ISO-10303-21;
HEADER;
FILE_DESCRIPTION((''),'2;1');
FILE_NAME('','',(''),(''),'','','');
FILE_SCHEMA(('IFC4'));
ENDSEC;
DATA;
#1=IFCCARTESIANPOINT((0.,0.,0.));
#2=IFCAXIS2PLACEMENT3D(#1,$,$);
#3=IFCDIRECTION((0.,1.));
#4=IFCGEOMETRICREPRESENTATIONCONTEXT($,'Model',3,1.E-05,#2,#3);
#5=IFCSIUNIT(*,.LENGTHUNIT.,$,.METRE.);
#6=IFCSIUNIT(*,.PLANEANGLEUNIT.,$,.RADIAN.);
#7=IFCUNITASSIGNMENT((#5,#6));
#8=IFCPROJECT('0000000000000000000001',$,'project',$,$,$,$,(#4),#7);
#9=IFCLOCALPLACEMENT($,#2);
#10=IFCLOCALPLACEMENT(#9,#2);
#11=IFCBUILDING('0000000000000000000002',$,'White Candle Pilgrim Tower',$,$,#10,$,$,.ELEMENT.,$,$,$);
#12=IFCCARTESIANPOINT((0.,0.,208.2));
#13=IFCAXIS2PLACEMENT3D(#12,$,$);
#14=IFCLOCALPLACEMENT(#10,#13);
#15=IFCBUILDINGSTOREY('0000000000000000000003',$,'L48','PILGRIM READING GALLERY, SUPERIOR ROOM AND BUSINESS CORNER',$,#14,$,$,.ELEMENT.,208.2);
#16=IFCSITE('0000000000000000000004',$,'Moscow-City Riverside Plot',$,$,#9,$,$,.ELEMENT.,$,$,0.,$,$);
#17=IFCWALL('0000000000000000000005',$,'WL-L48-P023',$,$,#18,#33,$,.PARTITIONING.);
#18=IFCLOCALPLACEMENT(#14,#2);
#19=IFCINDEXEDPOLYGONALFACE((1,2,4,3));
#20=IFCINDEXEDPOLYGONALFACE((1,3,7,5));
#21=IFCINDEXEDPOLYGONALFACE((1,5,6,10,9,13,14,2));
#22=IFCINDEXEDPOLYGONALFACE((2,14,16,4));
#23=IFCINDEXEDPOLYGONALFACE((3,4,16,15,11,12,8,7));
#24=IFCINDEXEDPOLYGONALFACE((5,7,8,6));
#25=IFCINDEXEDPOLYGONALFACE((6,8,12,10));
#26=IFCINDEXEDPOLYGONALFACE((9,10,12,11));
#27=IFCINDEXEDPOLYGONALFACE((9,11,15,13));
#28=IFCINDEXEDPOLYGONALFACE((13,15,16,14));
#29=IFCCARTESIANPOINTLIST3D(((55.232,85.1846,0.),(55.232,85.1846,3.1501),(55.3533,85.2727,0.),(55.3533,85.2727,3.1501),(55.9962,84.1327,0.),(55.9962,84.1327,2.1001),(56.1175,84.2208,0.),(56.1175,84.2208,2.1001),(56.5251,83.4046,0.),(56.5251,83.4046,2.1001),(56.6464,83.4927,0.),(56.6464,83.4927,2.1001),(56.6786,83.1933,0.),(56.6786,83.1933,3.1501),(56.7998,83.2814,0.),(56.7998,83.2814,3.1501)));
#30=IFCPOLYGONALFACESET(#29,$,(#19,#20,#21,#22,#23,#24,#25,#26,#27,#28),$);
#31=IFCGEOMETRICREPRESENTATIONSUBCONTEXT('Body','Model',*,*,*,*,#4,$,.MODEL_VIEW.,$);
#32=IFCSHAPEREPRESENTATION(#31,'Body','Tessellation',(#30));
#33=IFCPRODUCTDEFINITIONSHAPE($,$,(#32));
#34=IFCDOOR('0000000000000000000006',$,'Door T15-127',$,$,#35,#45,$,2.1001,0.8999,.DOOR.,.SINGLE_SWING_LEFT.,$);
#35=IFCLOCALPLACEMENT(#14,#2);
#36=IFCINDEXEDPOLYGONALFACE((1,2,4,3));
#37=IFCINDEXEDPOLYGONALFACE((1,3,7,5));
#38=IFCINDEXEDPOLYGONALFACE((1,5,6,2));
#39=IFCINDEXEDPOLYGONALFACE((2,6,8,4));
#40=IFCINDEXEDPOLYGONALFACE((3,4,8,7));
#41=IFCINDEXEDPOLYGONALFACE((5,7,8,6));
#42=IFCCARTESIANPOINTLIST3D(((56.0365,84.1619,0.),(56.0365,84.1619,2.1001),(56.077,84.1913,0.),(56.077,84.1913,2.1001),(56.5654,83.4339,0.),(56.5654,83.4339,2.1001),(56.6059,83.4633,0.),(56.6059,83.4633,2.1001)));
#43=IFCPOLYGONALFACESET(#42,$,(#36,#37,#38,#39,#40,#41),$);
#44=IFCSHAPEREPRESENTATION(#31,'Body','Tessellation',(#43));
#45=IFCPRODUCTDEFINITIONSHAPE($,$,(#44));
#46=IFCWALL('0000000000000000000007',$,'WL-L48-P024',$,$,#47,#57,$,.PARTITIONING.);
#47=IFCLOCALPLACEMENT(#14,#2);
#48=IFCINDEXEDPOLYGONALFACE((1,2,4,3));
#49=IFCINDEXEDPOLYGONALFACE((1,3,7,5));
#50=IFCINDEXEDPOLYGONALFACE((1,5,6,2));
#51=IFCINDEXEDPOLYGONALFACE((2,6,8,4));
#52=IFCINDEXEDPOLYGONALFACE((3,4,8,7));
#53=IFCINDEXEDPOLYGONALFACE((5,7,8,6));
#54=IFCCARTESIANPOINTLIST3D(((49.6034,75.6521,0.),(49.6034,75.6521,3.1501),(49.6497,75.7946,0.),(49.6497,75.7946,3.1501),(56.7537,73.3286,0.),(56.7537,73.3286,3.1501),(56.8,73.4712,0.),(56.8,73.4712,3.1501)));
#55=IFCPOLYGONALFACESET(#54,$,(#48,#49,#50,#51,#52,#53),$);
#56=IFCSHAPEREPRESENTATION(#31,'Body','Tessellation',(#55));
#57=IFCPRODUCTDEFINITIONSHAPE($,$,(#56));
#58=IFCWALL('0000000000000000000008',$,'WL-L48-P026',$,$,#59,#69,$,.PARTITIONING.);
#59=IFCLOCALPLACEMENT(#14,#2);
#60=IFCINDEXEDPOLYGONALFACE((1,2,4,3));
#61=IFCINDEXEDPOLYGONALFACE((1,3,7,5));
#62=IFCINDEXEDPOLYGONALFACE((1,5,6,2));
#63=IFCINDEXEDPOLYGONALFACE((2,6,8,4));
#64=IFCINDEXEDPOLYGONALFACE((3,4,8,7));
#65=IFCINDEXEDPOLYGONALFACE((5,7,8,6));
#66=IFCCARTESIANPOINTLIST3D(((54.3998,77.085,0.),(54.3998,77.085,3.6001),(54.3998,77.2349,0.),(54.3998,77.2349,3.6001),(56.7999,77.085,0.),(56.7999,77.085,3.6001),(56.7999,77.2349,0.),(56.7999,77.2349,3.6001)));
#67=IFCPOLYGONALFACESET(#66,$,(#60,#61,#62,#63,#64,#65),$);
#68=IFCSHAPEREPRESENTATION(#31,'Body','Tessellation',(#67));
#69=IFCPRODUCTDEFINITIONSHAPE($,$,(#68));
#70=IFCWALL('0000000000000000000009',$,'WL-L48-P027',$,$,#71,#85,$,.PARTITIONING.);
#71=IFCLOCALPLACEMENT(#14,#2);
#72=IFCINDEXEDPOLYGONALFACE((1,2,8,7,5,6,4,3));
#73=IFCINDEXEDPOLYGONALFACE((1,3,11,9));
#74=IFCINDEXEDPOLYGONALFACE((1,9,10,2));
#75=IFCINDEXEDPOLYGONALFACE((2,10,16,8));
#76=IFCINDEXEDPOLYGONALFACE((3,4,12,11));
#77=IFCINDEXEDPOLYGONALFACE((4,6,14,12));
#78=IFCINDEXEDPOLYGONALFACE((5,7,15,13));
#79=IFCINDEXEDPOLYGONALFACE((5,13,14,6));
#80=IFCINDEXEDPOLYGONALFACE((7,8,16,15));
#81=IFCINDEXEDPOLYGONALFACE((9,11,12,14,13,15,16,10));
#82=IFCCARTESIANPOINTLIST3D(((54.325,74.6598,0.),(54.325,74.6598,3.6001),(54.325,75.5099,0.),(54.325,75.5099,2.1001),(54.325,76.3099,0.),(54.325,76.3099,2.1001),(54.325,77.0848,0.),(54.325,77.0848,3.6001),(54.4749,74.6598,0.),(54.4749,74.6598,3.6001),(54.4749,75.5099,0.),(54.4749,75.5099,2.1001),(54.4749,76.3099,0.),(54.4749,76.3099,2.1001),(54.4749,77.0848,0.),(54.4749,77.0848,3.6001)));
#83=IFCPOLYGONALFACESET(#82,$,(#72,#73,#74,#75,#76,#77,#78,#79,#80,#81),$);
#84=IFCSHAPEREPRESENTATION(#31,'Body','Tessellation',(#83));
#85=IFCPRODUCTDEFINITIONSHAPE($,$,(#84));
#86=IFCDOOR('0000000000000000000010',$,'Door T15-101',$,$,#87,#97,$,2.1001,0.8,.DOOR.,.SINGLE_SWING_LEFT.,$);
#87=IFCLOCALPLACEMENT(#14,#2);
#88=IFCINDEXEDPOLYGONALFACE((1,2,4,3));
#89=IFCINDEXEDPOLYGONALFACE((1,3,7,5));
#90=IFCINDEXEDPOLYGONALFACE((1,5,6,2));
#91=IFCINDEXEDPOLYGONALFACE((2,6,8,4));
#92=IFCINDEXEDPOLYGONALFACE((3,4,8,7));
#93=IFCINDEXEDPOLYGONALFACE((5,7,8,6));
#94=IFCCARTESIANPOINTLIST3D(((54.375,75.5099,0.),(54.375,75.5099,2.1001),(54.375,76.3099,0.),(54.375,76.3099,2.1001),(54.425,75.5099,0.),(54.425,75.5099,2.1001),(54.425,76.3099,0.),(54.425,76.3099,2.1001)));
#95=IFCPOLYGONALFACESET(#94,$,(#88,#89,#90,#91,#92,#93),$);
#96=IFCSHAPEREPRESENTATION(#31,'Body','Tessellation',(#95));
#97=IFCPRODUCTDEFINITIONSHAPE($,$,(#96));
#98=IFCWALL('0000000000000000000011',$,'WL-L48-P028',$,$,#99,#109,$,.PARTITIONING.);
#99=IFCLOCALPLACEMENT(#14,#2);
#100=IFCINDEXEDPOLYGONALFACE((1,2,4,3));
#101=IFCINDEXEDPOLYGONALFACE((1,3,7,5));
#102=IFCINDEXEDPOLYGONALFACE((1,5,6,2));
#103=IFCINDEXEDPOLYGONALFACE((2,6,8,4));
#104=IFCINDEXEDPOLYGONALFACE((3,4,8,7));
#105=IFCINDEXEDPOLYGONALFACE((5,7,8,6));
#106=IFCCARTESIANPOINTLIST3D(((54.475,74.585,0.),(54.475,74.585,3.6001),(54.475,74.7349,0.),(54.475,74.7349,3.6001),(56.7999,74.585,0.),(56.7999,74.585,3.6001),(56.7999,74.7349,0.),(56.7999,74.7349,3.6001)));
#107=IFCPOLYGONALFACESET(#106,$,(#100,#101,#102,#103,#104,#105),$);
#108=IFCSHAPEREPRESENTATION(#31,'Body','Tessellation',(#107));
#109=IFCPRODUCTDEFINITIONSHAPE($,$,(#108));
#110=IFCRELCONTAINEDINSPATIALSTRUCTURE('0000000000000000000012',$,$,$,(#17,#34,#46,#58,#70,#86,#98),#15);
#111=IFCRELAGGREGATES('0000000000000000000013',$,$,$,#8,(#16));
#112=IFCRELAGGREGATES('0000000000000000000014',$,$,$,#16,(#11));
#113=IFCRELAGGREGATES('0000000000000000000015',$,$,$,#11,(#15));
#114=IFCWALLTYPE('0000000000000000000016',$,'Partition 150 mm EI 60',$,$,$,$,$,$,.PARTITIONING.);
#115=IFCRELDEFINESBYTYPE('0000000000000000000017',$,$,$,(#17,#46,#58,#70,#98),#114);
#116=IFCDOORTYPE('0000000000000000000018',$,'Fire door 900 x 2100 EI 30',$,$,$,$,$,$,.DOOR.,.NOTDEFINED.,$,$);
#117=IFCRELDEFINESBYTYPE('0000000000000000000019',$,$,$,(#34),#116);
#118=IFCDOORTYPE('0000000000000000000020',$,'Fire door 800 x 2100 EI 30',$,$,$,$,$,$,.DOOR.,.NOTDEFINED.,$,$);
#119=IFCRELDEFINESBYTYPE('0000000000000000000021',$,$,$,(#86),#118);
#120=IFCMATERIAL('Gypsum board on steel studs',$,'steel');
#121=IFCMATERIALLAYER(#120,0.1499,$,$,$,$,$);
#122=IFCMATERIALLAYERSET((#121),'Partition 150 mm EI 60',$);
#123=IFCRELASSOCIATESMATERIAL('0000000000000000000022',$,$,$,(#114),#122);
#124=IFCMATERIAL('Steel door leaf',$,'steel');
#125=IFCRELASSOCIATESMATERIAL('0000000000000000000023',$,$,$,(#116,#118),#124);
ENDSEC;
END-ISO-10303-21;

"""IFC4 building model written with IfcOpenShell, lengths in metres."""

from ifc_helpers import new_model, si_unit, direction, frame, frame_2d, origin, place, context, subcontext, project, spatial, rectangle, extrude, material, layer, layer_set, type_object, element, fill, save


model = new_model("IFC4")

# Units and contexts
model_context = context("Model", 3, precision=1e-05, world=origin(), true_north=direction((0.0, 1.0)))
body_context = subcontext(model_context, "Body", "Model", "MODEL_VIEW")
ifc_project = project(units=[si_unit("LENGTHUNIT", "METRE"), si_unit("PLANEANGLEUNIT", "RADIAN")], contexts=[model_context])

# Site, building, storey
site_placement = place(None, origin())
site = spatial("IfcSite", under=ifc_project, at=site_placement, Name="Moscow-City Riverside Plot", CompositionType="ELEMENT", RefElevation=0.0)
building_placement = place(site_placement, origin())
building = spatial("IfcBuilding", under=site, at=building_placement, Name="White Candle Pilgrim Tower", CompositionType="ELEMENT")
storey_placement = place(building_placement, frame((0.0, 0.0, 208.2)))
storey = spatial("IfcBuildingStorey", under=building, at=storey_placement, Name="L48", Description="PILGRIM READING GALLERY, SUPERIOR ROOM AND BUSINESS CORNER", CompositionType="ELEMENT", Elevation=208.2)

# Shared definitions
ifc_material_1 = material(Name="Gypsum board on steel studs", Category="steel")
ifc_layer_1 = layer(ifc_material_1, 0.1499)
ifc_layer_set_1 = layer_set([ifc_layer_1], Name="Partition 150 mm EI 60")
wall_type_1 = type_object("IfcWallType", Name="Partition 150 mm EI 60", PredefinedType="PARTITIONING", material=ifc_layer_set_1)

# Wall, opening, door
wall_1_placement = place(storey_placement, frame((55.2927, 85.2285, 0.0), z_axis=(0.0, 0.0, 1.0), x_axis=(0.587741, -0.809049, 0.0)))
wall_1 = element("IfcWall", 1, at=wall_1_placement, inside=storey, type_object=wall_type_1, Name="WL-L48-P023", PredefinedType="PARTITIONING", context=body_context, shape_type="SweptSolid", body=[
    extrude(rectangle(XDim=2.4612, YDim=0.1499, at=frame_2d((1.2305, 0.0))), origin(), (0.0, 0.0, 1.0), 3.1501),
])
opening_1_placement = place(wall_1_placement, frame((1.3, 0.0, 0.0)))
opening_1 = element("IfcOpeningElement", 2, at=opening_1_placement, cuts=wall_1, PredefinedType="OPENING", context=body_context, shape_type="SweptSolid", body=[
    extrude(rectangle(XDim=0.8999, YDim=2.1001, at=frame_2d((0.45, 1.05))), frame((0.0, 0.085, 0.0), z_axis=(0.0, -1.0, 0.0), x_axis=(1.0, 0.0, 0.0)), (0.0, 0.0, 1.0), 0.1699),
])
ifc_material_2 = material(Name="Steel door leaf", Category="steel")
door_type_1 = type_object("IfcDoorType", Name="Fire door 900 x 2100 EI 30", OperationType="NOTDEFINED", PredefinedType="DOOR", material=ifc_material_2)
door_1_placement = place(opening_1_placement, origin())
door_1 = element("IfcDoor", 3, at=door_1_placement, inside=storey, type_object=door_type_1, Name="Door T15-127", OperationType="SINGLE_SWING_LEFT", OverallHeight=2.1001, OverallWidth=0.8999, PredefinedType="DOOR", context=body_context, shape_type="SweptSolid", body=[
    extrude(rectangle(XDim=0.8999, YDim=2.1001, at=frame_2d((0.45, 1.05))), frame((0.0, 0.0249, 0.0), z_axis=(0.0, -1.0, 0.0), x_axis=(1.0, 0.0, 0.0)), (0.0, 0.0, 1.0), 0.05),
])
fill(opening_1, door_1)

# Walls
wall_2_placement = place(storey_placement, frame((49.6265, 75.7234, 0.0), z_axis=(0.0, 0.0, 1.0), x_axis=(0.951049, -0.309039, 0.0)))
element("IfcWall", 4, at=wall_2_placement, inside=storey, type_object=wall_type_1, Name="WL-L48-P024", PredefinedType="PARTITIONING", context=body_context, shape_type="SweptSolid", body=[
    extrude(rectangle(XDim=7.5183, YDim=0.1499, at=frame_2d((3.7593, 0.0))), origin(), (0.0, 0.0, 1.0), 3.1501),
])
wall_3_placement = place(storey_placement, frame((56.8, 77.1599, 0.0), z_axis=(0.0, 0.0, 1.0), x_axis=(-1.0, 0.0, 0.0)))
element("IfcWall", 5, at=wall_3_placement, inside=storey, type_object=wall_type_1, Name="WL-L48-P026", PredefinedType="PARTITIONING", context=body_context, shape_type="SweptSolid", body=[
    extrude(rectangle(XDim=2.4001, YDim=0.1499, at=frame_2d((1.2002, 0.0))), origin(), (0.0, 0.0, 1.0), 3.6001),
])

# Wall, opening, door
wall_4_placement = place(storey_placement, frame((54.3999, 74.6599, 0.0), z_axis=(0.0, 0.0, 1.0), x_axis=(0.0, 1.0, 0.0)))
wall_4 = element("IfcWall", 6, at=wall_4_placement, inside=storey, type_object=wall_type_1, Name="WL-L48-P027", PredefinedType="PARTITIONING", context=body_context, shape_type="SweptSolid", body=[
    extrude(rectangle(XDim=2.425, YDim=0.1499, at=frame_2d((1.2124, 0.0))), origin(), (0.0, 0.0, 1.0), 3.6001),
])
opening_2_placement = place(wall_4_placement, frame((0.8501, 0.0, 0.0)))
opening_2 = element("IfcOpeningElement", 7, at=opening_2_placement, cuts=wall_4, PredefinedType="OPENING", context=body_context, shape_type="SweptSolid", body=[
    extrude(rectangle(XDim=0.8, YDim=2.1001, at=frame_2d((0.3999, 1.05))), frame((0.0, 0.085, 0.0), z_axis=(0.0, -1.0, 0.0), x_axis=(1.0, 0.0, 0.0)), (0.0, 0.0, 1.0), 0.1699),
])
door_type_2 = type_object("IfcDoorType", Name="Fire door 800 x 2100 EI 30", OperationType="NOTDEFINED", PredefinedType="DOOR", material=ifc_material_2)
door_2_placement = place(opening_2_placement, origin())
door_2 = element("IfcDoor", 8, at=door_2_placement, inside=storey, type_object=door_type_2, Name="Door T15-101", OperationType="SINGLE_SWING_LEFT", OverallHeight=2.1001, OverallWidth=0.8, PredefinedType="DOOR", context=body_context, shape_type="SweptSolid", body=[
    extrude(rectangle(XDim=0.8, YDim=2.1001, at=frame_2d((0.3999, 1.05))), frame((0.0, 0.0249, 0.0), z_axis=(0.0, -1.0, 0.0), x_axis=(1.0, 0.0, 0.0)), (0.0, 0.0, 1.0), 0.05),
])
fill(opening_2, door_2)

# Wall
wall_5_placement = place(storey_placement, frame((56.8, 74.6599, 0.0), z_axis=(0.0, 0.0, 1.0), x_axis=(-1.0, 0.0, 0.0)))
element("IfcWall", 9, at=wall_5_placement, inside=storey, type_object=wall_type_1, Name="WL-L48-P028", PredefinedType="PARTITIONING", context=body_context, shape_type="SweptSolid", body=[
    extrude(rectangle(XDim=2.325, YDim=0.1499, at=frame_2d((1.1626, 0.0))), origin(), (0.0, 0.0, 1.0), 3.6001),
])

save(model, "model.ifc")
